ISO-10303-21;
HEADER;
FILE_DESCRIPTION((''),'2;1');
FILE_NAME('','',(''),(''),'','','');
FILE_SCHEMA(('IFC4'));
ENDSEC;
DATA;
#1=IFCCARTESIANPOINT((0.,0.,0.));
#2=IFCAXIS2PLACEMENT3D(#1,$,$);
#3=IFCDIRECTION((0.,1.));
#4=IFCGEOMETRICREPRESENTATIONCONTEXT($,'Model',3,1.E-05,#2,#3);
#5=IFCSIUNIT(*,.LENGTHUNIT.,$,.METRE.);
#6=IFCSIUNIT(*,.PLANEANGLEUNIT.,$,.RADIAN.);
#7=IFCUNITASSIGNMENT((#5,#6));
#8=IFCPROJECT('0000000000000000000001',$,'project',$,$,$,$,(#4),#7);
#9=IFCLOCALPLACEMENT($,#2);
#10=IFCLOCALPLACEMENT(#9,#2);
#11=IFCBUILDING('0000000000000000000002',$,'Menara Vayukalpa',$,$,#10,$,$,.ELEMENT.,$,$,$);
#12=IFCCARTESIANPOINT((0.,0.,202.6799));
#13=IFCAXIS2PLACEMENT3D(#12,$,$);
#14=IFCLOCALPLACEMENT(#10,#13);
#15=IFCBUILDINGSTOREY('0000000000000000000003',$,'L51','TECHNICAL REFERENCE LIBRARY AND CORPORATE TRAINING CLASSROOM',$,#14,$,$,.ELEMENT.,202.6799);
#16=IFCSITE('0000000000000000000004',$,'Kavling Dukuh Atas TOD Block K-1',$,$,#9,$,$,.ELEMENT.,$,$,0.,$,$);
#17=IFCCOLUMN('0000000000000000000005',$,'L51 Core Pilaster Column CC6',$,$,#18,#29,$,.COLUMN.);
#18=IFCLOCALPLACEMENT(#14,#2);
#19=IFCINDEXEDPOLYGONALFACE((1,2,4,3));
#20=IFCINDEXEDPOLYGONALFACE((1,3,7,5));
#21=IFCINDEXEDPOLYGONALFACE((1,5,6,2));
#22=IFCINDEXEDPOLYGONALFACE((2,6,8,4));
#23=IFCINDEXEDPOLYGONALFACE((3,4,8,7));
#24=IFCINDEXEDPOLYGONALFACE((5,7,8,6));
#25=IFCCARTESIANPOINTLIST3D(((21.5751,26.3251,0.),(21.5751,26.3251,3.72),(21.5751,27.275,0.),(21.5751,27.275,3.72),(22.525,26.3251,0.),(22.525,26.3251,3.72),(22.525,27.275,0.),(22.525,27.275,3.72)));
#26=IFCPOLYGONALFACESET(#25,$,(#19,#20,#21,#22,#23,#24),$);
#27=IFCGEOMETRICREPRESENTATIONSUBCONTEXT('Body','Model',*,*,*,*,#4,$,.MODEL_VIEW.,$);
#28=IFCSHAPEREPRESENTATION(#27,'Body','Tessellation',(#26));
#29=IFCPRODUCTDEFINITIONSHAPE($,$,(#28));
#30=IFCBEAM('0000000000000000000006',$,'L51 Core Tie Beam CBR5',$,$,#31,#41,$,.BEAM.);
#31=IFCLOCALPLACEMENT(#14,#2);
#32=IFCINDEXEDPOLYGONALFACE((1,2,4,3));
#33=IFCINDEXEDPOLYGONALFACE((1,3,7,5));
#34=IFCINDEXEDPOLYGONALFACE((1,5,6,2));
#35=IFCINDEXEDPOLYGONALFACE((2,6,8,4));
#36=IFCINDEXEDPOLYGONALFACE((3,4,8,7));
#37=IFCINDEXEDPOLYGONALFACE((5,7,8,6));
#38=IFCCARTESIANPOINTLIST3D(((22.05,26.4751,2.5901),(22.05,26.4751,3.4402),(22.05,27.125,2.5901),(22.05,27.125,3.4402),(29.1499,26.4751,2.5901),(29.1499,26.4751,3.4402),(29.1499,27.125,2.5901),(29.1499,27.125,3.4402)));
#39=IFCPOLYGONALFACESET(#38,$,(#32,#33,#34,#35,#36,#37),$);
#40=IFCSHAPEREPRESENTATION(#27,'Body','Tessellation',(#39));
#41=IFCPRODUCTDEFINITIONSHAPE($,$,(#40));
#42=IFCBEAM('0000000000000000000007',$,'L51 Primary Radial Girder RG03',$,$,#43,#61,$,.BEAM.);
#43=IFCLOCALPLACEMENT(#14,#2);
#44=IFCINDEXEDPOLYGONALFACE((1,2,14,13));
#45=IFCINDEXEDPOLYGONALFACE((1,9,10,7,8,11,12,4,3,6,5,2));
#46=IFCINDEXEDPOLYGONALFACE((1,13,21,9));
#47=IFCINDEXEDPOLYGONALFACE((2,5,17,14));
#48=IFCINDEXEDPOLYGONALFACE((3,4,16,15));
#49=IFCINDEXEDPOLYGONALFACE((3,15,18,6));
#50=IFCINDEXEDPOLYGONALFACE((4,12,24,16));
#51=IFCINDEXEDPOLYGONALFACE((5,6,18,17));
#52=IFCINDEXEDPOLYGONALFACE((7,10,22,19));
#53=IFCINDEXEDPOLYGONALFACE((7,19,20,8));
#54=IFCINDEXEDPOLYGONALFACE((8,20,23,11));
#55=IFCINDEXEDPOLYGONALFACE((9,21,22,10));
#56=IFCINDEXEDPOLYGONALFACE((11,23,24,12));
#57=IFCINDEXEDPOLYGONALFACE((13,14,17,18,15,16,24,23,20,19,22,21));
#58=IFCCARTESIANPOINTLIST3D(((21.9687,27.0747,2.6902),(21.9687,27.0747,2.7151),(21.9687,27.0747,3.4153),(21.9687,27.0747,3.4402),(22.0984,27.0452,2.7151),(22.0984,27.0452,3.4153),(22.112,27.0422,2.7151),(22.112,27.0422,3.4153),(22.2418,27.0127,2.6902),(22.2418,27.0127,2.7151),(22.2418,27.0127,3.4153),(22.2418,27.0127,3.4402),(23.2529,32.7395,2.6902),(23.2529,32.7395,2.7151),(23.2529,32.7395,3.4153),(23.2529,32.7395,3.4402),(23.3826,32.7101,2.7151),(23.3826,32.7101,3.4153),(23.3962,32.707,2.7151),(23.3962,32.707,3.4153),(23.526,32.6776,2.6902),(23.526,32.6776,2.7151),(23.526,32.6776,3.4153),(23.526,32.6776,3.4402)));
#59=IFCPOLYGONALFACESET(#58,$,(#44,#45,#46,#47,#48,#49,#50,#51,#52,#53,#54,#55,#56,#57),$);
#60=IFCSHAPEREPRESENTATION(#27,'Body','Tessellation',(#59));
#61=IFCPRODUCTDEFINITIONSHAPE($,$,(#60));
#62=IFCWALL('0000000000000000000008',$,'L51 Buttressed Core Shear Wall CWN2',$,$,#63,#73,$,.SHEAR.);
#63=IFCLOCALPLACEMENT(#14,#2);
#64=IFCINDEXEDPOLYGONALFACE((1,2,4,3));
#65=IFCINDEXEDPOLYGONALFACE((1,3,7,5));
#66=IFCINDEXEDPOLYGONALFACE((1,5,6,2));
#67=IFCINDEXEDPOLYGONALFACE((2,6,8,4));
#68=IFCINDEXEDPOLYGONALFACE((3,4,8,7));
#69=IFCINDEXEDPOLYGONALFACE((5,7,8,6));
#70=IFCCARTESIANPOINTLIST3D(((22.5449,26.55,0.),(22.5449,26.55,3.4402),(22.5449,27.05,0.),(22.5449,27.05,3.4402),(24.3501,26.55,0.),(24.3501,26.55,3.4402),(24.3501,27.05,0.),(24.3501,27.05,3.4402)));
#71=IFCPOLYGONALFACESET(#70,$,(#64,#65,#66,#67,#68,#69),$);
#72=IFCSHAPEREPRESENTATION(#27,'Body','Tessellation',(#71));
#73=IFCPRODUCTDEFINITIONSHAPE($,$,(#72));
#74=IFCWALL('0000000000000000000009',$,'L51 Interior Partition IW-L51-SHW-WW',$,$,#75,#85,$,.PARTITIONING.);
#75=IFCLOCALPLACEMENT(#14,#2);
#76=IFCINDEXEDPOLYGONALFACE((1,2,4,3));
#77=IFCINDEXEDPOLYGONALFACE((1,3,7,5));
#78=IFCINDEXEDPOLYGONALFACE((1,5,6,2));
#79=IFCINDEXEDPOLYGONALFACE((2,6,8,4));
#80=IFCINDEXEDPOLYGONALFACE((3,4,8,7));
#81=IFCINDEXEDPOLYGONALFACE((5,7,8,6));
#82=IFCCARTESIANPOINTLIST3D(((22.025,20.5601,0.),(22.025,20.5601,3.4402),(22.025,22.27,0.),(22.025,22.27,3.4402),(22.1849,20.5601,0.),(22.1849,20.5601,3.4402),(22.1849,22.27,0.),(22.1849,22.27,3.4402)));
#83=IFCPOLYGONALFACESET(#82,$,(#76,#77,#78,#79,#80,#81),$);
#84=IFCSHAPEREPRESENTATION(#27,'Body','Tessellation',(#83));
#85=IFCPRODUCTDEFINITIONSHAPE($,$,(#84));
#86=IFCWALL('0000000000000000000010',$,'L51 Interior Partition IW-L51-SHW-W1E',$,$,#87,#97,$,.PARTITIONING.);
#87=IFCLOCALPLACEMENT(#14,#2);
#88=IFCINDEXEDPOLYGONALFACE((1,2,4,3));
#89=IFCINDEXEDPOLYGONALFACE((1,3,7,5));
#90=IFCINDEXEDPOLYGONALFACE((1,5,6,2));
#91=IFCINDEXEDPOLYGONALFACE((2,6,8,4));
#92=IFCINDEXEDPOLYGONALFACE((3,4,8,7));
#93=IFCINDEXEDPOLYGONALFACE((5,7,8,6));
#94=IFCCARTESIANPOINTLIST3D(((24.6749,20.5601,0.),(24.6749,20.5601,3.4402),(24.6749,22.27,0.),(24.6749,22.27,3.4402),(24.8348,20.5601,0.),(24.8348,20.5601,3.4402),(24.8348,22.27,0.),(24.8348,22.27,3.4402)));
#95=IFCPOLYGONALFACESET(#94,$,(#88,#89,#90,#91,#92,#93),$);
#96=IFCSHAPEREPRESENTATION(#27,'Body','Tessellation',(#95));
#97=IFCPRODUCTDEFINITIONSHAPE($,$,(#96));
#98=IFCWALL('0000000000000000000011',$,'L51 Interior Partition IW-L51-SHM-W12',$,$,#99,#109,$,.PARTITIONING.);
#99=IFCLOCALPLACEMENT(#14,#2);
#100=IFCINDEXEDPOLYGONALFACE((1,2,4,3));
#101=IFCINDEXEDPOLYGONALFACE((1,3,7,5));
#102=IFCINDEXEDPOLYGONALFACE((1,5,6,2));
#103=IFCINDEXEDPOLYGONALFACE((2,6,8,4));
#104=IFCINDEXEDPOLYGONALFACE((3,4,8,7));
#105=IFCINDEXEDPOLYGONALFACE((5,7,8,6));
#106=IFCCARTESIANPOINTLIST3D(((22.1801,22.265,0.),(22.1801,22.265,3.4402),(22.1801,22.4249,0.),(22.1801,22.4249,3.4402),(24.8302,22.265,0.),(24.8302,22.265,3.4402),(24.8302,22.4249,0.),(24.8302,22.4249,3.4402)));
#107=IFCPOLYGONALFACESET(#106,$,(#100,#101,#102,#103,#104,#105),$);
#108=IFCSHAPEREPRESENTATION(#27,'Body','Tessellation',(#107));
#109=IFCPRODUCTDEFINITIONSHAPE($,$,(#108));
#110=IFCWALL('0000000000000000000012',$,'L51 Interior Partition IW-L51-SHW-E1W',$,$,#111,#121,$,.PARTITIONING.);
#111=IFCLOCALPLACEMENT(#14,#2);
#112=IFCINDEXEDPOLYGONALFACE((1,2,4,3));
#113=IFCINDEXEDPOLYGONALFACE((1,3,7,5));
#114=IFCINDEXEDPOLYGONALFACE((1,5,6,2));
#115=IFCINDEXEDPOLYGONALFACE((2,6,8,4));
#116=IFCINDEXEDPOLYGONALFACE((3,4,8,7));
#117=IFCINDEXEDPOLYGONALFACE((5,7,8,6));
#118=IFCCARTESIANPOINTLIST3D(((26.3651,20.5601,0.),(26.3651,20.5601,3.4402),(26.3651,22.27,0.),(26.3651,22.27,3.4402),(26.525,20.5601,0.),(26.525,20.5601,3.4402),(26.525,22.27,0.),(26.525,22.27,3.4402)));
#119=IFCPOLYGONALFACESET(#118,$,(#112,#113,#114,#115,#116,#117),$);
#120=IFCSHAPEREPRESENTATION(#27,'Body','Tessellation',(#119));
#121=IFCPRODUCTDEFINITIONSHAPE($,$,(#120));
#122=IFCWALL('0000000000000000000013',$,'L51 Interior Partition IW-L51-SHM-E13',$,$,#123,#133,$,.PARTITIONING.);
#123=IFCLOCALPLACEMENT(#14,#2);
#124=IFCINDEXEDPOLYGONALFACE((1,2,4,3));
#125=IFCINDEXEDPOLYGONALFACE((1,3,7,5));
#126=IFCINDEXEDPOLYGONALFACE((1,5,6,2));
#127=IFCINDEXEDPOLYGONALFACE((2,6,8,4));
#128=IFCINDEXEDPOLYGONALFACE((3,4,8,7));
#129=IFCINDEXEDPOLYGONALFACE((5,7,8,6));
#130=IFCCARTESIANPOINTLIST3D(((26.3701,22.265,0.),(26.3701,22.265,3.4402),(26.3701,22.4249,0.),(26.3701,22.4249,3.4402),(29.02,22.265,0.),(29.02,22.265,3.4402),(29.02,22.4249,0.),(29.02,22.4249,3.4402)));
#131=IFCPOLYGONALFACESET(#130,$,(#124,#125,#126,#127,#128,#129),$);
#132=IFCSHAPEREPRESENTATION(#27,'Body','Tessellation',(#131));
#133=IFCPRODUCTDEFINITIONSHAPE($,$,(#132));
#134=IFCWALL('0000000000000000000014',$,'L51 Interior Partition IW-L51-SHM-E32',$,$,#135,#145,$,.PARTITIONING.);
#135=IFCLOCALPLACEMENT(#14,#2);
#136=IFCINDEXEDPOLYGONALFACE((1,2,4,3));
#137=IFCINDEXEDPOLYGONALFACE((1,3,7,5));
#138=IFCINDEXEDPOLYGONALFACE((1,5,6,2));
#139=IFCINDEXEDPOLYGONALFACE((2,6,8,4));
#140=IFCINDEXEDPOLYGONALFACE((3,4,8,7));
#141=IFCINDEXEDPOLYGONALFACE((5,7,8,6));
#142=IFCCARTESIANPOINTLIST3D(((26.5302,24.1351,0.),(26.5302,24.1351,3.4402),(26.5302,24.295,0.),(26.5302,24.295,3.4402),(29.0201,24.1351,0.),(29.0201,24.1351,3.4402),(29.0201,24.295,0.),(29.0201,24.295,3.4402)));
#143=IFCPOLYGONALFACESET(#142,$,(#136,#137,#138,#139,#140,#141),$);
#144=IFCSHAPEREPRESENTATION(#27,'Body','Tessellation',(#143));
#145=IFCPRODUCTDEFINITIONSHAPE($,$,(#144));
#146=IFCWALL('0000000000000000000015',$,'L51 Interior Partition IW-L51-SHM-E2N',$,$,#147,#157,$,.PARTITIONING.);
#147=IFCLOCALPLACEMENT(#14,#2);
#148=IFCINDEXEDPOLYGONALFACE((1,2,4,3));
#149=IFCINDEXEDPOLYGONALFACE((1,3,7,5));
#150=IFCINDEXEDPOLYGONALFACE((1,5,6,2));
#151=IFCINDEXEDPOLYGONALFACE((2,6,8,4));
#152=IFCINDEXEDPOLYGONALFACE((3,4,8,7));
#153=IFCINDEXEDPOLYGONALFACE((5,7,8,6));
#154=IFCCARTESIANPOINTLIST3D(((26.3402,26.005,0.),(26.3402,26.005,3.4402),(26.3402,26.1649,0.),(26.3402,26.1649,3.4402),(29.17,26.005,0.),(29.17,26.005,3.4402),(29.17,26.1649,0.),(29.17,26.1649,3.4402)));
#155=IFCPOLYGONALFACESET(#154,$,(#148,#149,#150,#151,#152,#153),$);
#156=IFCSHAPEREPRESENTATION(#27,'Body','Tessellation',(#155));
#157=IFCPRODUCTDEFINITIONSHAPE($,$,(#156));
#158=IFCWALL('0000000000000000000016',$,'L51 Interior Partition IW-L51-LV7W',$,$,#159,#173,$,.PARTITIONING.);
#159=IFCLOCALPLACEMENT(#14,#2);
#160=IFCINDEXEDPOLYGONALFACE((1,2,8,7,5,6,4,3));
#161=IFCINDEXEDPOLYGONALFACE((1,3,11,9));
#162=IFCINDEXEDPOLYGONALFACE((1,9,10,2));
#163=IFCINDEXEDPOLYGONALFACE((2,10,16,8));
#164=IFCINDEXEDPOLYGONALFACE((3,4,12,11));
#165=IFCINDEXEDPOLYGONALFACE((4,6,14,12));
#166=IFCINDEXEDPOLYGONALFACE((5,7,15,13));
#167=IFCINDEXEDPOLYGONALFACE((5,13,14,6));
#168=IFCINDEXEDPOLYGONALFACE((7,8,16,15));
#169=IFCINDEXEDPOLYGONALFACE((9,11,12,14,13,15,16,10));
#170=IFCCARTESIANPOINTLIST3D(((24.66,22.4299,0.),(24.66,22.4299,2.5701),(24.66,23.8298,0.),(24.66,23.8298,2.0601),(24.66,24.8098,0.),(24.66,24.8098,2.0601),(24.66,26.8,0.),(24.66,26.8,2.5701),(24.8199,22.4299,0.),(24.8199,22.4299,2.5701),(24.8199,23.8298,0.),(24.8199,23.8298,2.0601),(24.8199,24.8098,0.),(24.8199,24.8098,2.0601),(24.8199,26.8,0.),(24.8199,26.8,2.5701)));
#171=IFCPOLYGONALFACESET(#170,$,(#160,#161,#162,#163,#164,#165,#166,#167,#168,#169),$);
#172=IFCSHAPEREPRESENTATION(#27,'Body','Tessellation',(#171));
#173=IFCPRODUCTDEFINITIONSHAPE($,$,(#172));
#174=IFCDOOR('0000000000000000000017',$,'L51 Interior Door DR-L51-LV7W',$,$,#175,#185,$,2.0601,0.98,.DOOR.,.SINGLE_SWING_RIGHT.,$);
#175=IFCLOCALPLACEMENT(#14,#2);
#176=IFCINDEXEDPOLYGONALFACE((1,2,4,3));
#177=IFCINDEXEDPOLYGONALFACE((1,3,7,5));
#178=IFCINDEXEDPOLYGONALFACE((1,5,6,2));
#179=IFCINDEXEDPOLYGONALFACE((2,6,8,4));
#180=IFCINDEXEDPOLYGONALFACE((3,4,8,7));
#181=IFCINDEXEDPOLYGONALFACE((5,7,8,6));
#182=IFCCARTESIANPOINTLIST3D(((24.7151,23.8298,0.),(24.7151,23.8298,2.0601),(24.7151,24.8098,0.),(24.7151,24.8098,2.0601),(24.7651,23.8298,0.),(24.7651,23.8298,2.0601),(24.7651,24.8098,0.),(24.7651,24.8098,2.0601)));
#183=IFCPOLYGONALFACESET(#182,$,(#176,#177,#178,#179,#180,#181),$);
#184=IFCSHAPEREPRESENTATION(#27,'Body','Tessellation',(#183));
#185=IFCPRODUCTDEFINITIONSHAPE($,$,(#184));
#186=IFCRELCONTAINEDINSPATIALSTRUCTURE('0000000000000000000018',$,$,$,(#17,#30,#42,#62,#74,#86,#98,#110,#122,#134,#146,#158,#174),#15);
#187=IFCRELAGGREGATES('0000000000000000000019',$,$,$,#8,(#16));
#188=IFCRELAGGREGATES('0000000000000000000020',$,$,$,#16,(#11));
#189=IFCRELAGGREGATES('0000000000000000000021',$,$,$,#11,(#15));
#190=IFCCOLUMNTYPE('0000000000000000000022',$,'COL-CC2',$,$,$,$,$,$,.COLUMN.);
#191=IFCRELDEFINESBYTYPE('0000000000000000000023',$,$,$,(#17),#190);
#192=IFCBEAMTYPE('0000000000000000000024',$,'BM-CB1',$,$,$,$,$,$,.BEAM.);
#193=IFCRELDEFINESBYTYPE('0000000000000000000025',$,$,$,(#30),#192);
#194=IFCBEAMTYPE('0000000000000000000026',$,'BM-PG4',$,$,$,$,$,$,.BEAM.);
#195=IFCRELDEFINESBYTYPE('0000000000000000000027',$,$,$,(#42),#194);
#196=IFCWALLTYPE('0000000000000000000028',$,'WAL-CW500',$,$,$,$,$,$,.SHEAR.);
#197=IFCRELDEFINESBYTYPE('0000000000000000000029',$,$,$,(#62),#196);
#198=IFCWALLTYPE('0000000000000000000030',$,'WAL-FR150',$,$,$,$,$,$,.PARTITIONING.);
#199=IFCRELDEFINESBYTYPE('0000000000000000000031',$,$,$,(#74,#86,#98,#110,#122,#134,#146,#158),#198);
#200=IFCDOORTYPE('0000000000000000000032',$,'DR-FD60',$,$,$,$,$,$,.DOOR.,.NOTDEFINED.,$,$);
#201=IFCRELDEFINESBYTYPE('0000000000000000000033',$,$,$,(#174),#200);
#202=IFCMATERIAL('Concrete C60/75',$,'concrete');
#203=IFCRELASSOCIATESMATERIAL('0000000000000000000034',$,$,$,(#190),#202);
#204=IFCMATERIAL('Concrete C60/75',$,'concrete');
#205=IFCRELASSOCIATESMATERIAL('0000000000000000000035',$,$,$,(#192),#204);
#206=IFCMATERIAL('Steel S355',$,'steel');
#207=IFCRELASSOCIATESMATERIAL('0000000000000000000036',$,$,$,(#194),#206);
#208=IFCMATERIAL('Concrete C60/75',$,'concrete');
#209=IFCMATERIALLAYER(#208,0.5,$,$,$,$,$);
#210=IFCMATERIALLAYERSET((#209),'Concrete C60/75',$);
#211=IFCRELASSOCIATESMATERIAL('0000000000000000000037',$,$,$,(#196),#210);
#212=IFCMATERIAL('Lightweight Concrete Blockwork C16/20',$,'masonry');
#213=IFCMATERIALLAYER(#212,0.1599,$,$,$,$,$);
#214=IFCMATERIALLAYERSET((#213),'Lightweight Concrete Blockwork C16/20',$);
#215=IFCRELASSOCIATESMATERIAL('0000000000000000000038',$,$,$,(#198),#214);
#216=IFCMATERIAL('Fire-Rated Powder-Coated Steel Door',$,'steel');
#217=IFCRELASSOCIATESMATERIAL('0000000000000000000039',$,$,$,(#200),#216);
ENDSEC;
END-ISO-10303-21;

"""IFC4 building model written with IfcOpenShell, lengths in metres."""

from ifc_helpers import new_model, si_unit, direction, frame, frame_2d, origin, origin_2d, place, context, subcontext, project, spatial, rectangle, i_section, extrude, material, layer, layer_set, material_profile, profile_set, type_object, element, fill, save


model = new_model("IFC4")

# Units and contexts
model_context = context("Model", 3, precision=1e-05, world=origin(), true_north=direction((0.0, 1.0)))
body_context = subcontext(model_context, "Body", "Model", "MODEL_VIEW")
ifc_project = project(units=[si_unit("LENGTHUNIT", "METRE"), si_unit("PLANEANGLEUNIT", "RADIAN")], contexts=[model_context])

# Site, building, storey
site_placement = place(None, origin())
site = spatial("IfcSite", under=ifc_project, at=site_placement, Name="Kavling Dukuh Atas TOD Block K-1", CompositionType="ELEMENT", RefElevation=0.0)
building_placement = place(site_placement, origin())
building = spatial("IfcBuilding", under=site, at=building_placement, Name="Menara Vayukalpa", CompositionType="ELEMENT")
storey_placement = place(building_placement, frame((0.0, 0.0, 202.6799)))
storey = spatial("IfcBuildingStorey", under=building, at=storey_placement, Name="L51", Description="TECHNICAL REFERENCE LIBRARY AND CORPORATE TRAINING CLASSROOM", CompositionType="ELEMENT", Elevation=202.6799)

# Column
ifc_material_1 = material(Name="Concrete C60/75", Category="concrete")
ifc_material_profile_1 = material_profile(ifc_material_1, rectangle(XDim=0.95, YDim=0.95, at=origin_2d()), Name="RC 950x950")
ifc_profile_set_1 = profile_set([ifc_material_profile_1], Name="Concrete C60/75")
column_type = type_object("IfcColumnType", Name="COL-CC2", PredefinedType="COLUMN", material=ifc_profile_set_1)
column_placement = place(storey_placement, frame((22.05, 26.8, 0.0), z_axis=(0.0, 0.0, 1.0), x_axis=(1.0, 0.0, 0.0)))
element("IfcColumn", 1, at=column_placement, inside=storey, type_object=column_type, Name="L51 Core Pilaster Column CC6", PredefinedType="COLUMN", context=body_context, shape_type="SweptSolid", body=[
    extrude(rectangle(XDim=0.95, YDim=0.95, at=origin_2d()), origin(), (0.0, 0.0, 1.0), 3.72),
])

# Beams
ifc_material_2 = material(Name="Concrete C60/75", Category="concrete")
ifc_material_profile_2 = material_profile(ifc_material_2, rectangle(XDim=0.6499, YDim=0.8501, at=origin_2d()), Name="RC 650x850")
ifc_profile_set_2 = profile_set([ifc_material_profile_2], Name="Concrete C60/75")
beam_type_1 = type_object("IfcBeamType", Name="BM-CB1", PredefinedType="BEAM", material=ifc_profile_set_2)
beam_1_placement = place(storey_placement, frame((22.05, 26.8, 3.0151), z_axis=(1.0, 0.0, 0.0), x_axis=(0.0, 1.0, 0.0)))
element("IfcBeam", 2, at=beam_1_placement, inside=storey, type_object=beam_type_1, Name="L51 Core Tie Beam CBR5", PredefinedType="BEAM", context=body_context, shape_type="SweptSolid", body=[
    extrude(rectangle(XDim=0.6499, YDim=0.8501, at=origin_2d()), origin(), (0.0, 0.0, 1.0), 7.0999),
])
ifc_material_3 = material(Name="Steel S355", Category="steel")
ifc_material_profile_3 = material_profile(ifc_material_3, i_section(OverallWidth=0.28, OverallDepth=0.75, WebThickness=0.0139, FlangeThickness=0.0249, at=origin_2d()), Name="WF 750x280x14x25")
ifc_profile_set_3 = profile_set([ifc_material_profile_3], Name="Steel S355")
beam_type_2 = type_object("IfcBeamType", Name="BM-PG4", PredefinedType="BEAM", material=ifc_profile_set_3)
beam_2_placement = place(storey_placement, frame((22.1052, 27.0437, 3.0652), z_axis=(0.221085, 0.975255, 0.0), x_axis=(-0.975255, 0.221085, 0.0)))
element("IfcBeam", 3, at=beam_2_placement, inside=storey, type_object=beam_type_2, Name="L51 Primary Radial Girder RG03", PredefinedType="BEAM", context=body_context, shape_type="SweptSolid", body=[
    extrude(i_section(OverallWidth=0.28, OverallDepth=0.75, WebThickness=0.0139, FlangeThickness=0.0249, at=origin_2d()), origin(), (0.0, 0.0, 1.0), 5.8086),
])

# Walls
ifc_material_4 = material(Name="Concrete C60/75", Category="concrete")
ifc_layer_1 = layer(ifc_material_4, 0.5)
ifc_layer_set_1 = layer_set([ifc_layer_1], Name="Concrete C60/75")
wall_type_1 = type_object("IfcWallType", Name="WAL-CW500", PredefinedType="SHEAR", material=ifc_layer_set_1)
wall_1_placement = place(storey_placement, frame((22.5449, 26.8, 0.0), z_axis=(0.0, 0.0, 1.0), x_axis=(1.0, 0.0, 0.0)))
element("IfcWall", 4, at=wall_1_placement, inside=storey, type_object=wall_type_1, Name="L51 Buttressed Core Shear Wall CWN2", PredefinedType="SHEAR", context=body_context, shape_type="SweptSolid", body=[
    extrude(rectangle(XDim=1.8052, YDim=0.5, at=frame_2d((0.9026, 0.0))), origin(), (0.0, 0.0, 1.0), 3.4402),
])
ifc_material_5 = material(Name="Lightweight Concrete Blockwork C16/20", Category="masonry")
ifc_layer_2 = layer(ifc_material_5, 0.1599)
ifc_layer_set_2 = layer_set([ifc_layer_2], Name="Lightweight Concrete Blockwork C16/20")
wall_type_2 = type_object("IfcWallType", Name="WAL-FR150", PredefinedType="PARTITIONING", material=ifc_layer_set_2)
for number, where, z_axis, x_axis, name in (
    (5, (22.105, 20.5601, 0.0), (0.0, 0.0, 1.0), (0.0, 1.0, 0.0), "L51 Interior Partition IW-L51-SHW-WW"),
    (6, (24.7549, 20.5601, 0.0), (0.0, 0.0, 1.0), (0.0, 1.0, 0.0), "L51 Interior Partition IW-L51-SHW-W1E"),
):
    element("IfcWall", number, at=place(storey_placement, frame(where, z_axis=z_axis, x_axis=x_axis)), inside=storey, type_object=wall_type_2, Name=name, PredefinedType="PARTITIONING", context=body_context, shape_type="SweptSolid", body=[
        extrude(rectangle(XDim=1.71, YDim=0.1599, at=frame_2d((0.855, 0.0))), origin(), (0.0, 0.0, 1.0), 3.4402),
    ])
wall_2_placement = place(storey_placement, frame((22.1799, 22.345, 0.0), z_axis=(0.0, 0.0, 1.0), x_axis=(1.0, 0.0, 0.0)))
element("IfcWall", 7, at=wall_2_placement, inside=storey, type_object=wall_type_2, Name="L51 Interior Partition IW-L51-SHM-W12", PredefinedType="PARTITIONING", context=body_context, shape_type="SweptSolid", body=[
    extrude(rectangle(XDim=2.6501, YDim=0.1599, at=frame_2d((1.3252, 0.0))), origin(), (0.0, 0.0, 1.0), 3.4402),
])
wall_3_placement = place(storey_placement, frame((26.4451, 20.5601, 0.0), z_axis=(0.0, 0.0, 1.0), x_axis=(0.0, 1.0, 0.0)))
element("IfcWall", 8, at=wall_3_placement, inside=storey, type_object=wall_type_2, Name="L51 Interior Partition IW-L51-SHW-E1W", PredefinedType="PARTITIONING", context=body_context, shape_type="SweptSolid", body=[
    extrude(rectangle(XDim=1.71, YDim=0.1599, at=frame_2d((0.855, 0.0))), origin(), (0.0, 0.0, 1.0), 3.4402),
])
wall_4_placement = place(storey_placement, frame((26.3701, 22.345, 0.0), z_axis=(0.0, 0.0, 1.0), x_axis=(1.0, 0.0, 0.0)))
element("IfcWall", 9, at=wall_4_placement, inside=storey, type_object=wall_type_2, Name="L51 Interior Partition IW-L51-SHM-E13", PredefinedType="PARTITIONING", context=body_context, shape_type="SweptSolid", body=[
    extrude(rectangle(XDim=2.6499, YDim=0.1599, at=frame_2d((1.325, 0.0))), origin(), (0.0, 0.0, 1.0), 3.4402),
])
wall_5_placement = place(storey_placement, frame((26.53, 24.2151, 0.0), z_axis=(0.0, 0.0, 1.0), x_axis=(1.0, 0.0, 0.0)))
element("IfcWall", 10, at=wall_5_placement, inside=storey, type_object=wall_type_2, Name="L51 Interior Partition IW-L51-SHM-E32", PredefinedType="PARTITIONING", context=body_context, shape_type="SweptSolid", body=[
    extrude(rectangle(XDim=2.49, YDim=0.1599, at=frame_2d((1.2451, 0.0))), origin(), (0.0, 0.0, 1.0), 3.4402),
])
wall_6_placement = place(storey_placement, frame((26.3401, 26.085, 0.0), z_axis=(0.0, 0.0, 1.0), x_axis=(1.0, 0.0, 0.0)))
element("IfcWall", 11, at=wall_6_placement, inside=storey, type_object=wall_type_2, Name="L51 Interior Partition IW-L51-SHM-E2N", PredefinedType="PARTITIONING", context=body_context, shape_type="SweptSolid", body=[
    extrude(rectangle(XDim=2.8298, YDim=0.1599, at=frame_2d((1.415, 0.0))), origin(), (0.0, 0.0, 1.0), 3.4402),
])

# Wall, opening, door
wall_7_placement = place(storey_placement, frame((24.74, 22.4299, 0.0), z_axis=(0.0, 0.0, 1.0), x_axis=(0.0, 1.0, 0.0)))
wall_7 = element("IfcWall", 12, at=wall_7_placement, inside=storey, type_object=wall_type_2, Name="L51 Interior Partition IW-L51-LV7W", PredefinedType="PARTITIONING", context=body_context, shape_type="SweptSolid", body=[
    extrude(rectangle(XDim=4.3701, YDim=0.1599, at=frame_2d((2.1851, 0.0))), origin(), (0.0, 0.0, 1.0), 2.5701),
])
opening_1_placement = place(wall_7_placement, frame((1.3999, 0.0, 0.0)))
opening_1 = element("IfcOpeningElement", 13, at=opening_1_placement, cuts=wall_7, PredefinedType="OPENING", context=body_context, shape_type="SweptSolid", body=[
    extrude(rectangle(XDim=0.98, YDim=2.0601, at=frame_2d((0.49, 1.03))), frame((0.0, 0.0898, 0.0), z_axis=(0.0, -1.0, 0.0), x_axis=(1.0, 0.0, 0.0)), (0.0, 0.0, 1.0), 0.1799),
])
ifc_material_6 = material(Name="Fire-Rated Powder-Coated Steel Door", Category="steel")
door_type_1 = type_object("IfcDoorType", Name="DR-FD60", OperationType="NOTDEFINED", PredefinedType="DOOR", material=ifc_material_6)
door_1_placement = place(opening_1_placement, origin())
door_1 = element("IfcDoor", 14, at=door_1_placement, inside=storey, type_object=door_type_1, Name="L51 Interior Door DR-L51-LV7W", OperationType="SINGLE_SWING_RIGHT", OverallHeight=2.0601, OverallWidth=0.98, PredefinedType="DOOR", context=body_context, shape_type="SweptSolid", body=[
    extrude(rectangle(XDim=0.98, YDim=2.0601, at=frame_2d((0.49, 1.03))), frame((0.0, 0.0249, 0.0), z_axis=(0.0, -1.0, 0.0), x_axis=(1.0, 0.0, 0.0)), (0.0, 0.0, 1.0), 0.05),
])
fill(opening_1, door_1)

save(model, "model.ifc")
